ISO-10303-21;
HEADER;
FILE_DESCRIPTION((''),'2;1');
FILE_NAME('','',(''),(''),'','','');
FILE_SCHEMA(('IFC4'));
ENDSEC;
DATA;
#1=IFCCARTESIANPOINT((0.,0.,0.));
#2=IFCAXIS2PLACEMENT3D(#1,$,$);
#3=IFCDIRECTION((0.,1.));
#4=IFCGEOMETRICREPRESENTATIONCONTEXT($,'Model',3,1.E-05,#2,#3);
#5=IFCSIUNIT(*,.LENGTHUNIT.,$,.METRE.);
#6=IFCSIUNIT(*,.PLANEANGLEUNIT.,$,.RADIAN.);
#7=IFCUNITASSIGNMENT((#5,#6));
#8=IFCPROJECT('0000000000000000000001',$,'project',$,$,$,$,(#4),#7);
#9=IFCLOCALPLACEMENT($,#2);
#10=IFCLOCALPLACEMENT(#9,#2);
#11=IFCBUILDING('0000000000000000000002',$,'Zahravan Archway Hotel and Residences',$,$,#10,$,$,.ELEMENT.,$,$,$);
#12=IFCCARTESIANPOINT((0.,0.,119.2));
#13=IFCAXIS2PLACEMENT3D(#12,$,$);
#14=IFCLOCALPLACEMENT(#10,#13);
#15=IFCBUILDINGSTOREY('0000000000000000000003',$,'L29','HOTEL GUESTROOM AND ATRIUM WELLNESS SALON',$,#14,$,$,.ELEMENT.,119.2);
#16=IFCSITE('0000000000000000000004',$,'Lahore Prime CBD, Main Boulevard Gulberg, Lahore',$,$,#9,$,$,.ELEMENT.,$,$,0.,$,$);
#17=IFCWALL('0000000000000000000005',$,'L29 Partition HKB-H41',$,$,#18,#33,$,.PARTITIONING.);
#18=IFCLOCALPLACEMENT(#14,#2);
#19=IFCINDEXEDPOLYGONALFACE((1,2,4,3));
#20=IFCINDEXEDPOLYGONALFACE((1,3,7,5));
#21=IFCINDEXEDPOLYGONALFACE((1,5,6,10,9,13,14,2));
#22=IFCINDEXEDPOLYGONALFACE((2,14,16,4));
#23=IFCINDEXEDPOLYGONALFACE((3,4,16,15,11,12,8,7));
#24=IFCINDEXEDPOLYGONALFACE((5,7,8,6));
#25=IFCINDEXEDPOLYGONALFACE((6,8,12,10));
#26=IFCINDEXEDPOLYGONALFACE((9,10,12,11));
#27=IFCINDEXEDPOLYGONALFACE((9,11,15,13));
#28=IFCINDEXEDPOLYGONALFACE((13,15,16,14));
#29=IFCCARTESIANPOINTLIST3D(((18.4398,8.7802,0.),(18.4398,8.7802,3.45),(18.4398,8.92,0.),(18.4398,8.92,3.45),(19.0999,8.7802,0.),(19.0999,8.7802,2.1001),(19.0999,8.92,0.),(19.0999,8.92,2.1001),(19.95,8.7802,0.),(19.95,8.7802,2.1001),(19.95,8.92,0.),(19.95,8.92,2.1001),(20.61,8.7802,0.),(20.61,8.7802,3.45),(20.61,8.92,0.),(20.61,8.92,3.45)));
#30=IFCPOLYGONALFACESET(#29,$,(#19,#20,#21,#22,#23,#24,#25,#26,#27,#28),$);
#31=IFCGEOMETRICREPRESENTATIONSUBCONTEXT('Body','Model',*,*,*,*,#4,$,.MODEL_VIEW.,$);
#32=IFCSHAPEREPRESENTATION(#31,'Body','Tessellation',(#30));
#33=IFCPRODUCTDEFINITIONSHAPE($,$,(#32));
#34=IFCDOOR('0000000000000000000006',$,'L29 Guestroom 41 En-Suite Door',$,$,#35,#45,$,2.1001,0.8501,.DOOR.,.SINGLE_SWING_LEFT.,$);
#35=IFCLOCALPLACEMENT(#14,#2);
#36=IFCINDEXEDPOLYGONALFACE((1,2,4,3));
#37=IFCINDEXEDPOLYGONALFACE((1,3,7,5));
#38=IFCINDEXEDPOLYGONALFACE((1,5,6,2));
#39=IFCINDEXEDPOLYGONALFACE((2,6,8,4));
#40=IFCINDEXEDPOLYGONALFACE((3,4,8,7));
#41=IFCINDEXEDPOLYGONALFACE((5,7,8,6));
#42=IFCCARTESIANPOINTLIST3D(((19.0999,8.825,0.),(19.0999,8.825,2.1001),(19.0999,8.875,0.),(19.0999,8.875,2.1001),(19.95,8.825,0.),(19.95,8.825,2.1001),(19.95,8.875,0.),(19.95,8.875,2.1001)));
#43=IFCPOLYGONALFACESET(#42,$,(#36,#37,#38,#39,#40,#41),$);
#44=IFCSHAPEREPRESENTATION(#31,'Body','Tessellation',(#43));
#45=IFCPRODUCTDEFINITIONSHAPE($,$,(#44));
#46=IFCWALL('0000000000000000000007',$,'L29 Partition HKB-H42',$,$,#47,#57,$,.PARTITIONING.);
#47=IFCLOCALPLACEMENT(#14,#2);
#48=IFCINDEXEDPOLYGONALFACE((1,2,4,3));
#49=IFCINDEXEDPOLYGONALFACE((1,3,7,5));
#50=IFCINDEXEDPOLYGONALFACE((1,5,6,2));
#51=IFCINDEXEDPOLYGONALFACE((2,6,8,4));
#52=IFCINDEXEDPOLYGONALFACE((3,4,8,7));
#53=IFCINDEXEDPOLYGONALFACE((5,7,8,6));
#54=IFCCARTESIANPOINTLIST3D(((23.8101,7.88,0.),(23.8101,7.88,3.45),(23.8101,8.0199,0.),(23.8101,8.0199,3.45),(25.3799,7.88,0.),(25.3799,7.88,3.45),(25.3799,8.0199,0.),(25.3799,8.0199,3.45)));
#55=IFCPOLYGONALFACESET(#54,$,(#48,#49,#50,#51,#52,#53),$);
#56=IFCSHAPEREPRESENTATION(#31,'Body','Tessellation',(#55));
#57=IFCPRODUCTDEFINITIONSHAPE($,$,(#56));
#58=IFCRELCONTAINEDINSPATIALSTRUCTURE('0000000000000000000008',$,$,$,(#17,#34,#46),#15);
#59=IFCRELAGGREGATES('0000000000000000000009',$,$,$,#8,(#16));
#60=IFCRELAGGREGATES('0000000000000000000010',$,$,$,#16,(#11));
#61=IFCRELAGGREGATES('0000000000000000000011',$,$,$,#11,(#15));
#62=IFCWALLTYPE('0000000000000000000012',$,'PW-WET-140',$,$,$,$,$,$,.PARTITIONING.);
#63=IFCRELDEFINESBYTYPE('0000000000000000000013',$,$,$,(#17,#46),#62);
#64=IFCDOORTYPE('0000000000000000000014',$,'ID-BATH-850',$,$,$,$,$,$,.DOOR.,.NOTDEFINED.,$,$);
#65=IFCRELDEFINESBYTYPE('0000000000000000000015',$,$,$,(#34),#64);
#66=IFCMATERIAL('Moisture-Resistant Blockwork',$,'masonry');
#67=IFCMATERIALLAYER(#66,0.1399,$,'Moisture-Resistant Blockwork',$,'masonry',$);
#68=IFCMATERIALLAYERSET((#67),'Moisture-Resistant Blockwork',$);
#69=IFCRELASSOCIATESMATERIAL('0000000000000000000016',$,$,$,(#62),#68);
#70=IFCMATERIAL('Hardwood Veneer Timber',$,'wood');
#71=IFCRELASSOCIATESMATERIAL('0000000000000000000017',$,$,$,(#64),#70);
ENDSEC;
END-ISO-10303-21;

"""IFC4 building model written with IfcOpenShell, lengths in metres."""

from ifc_helpers import new_model, si_unit, direction, frame, frame_2d, origin, place, context, subcontext, project, spatial, rectangle, extrude, source, transform, mapped, material, layer, layer_set, type_object, type_shapes, element, fill, save


model = new_model("IFC4")

# Units and contexts
model_context = context("Model", 3, precision=1e-05, world=origin(), true_north=direction((0.0, 1.0)))
body_context = subcontext(model_context, "Body", "Model", "MODEL_VIEW")
ifc_project = project(units=[si_unit("LENGTHUNIT", "METRE"), si_unit("PLANEANGLEUNIT", "RADIAN")], contexts=[model_context])

# Site, building, storey
site_placement = place(None, origin())
site = spatial("IfcSite", under=ifc_project, at=site_placement, Name="Lahore Prime CBD, Main Boulevard Gulberg, Lahore", CompositionType="ELEMENT", RefElevation=0.0)
building_placement = place(site_placement, origin())
building = spatial("IfcBuilding", under=site, at=building_placement, Name="Zahravan Archway Hotel and Residences", CompositionType="ELEMENT")
storey_placement = place(building_placement, frame((0.0, 0.0, 119.2)))
storey = spatial("IfcBuildingStorey", under=building, at=storey_placement, Name="L29", Description="HOTEL GUESTROOM AND ATRIUM WELLNESS SALON", CompositionType="ELEMENT", Elevation=119.2)

# Shared definitions
ifc_material_1 = material(Name="Hardwood Veneer Timber", Category="wood")

# Shared definitions
ifc_material_2 = material(Name="Moisture-Resistant Blockwork", Category="masonry")
ifc_layer_1 = layer(ifc_material_2, 0.1399, Name="Moisture-Resistant Blockwork", Category="masonry")
ifc_layer_set_1 = layer_set([ifc_layer_1], Name="Moisture-Resistant Blockwork")
wall_type_1 = type_object("IfcWallType", Name="PW-WET-140", PredefinedType="PARTITIONING", material=ifc_layer_set_1)
door_type_1 = type_object("IfcDoorType", Name="ID-BATH-850", OperationType="NOTDEFINED", PredefinedType="DOOR", material=ifc_material_1)
shared_shape_1 = source(origin(), body_context, "Body", "SweptSolid", [
    extrude(rectangle(XDim=0.8501, YDim=2.1001, at=frame_2d((0.425, 1.05))), frame((0.0, 0.0249, 0.0), z_axis=(0.0, -1.0, 0.0), x_axis=(1.0, 0.0, 0.0)), (0.0, 0.0, 1.0), 0.05),
])
type_shapes(door_type_1, [shared_shape_1])

# Wall, opening, door
wall_1_placement = place(storey_placement, frame((18.4399, 8.8501, 0.0), z_axis=(0.0, 0.0, 1.0), x_axis=(1.0, 0.0, 0.0)))
wall_1 = element("IfcWall", 1, at=wall_1_placement, inside=storey, type_object=wall_type_1, Name="L29 Partition HKB-H41", PredefinedType="PARTITIONING", context=body_context, shape_type="SweptSolid", body=[
    extrude(rectangle(XDim=2.1702, YDim=0.1399, at=frame_2d((1.085, 0.0))), origin(), (0.0, 0.0, 1.0), 3.45),
])
opening_1_placement = place(wall_1_placement, frame((0.6599, 0.0, 0.0)))
opening_1 = element("IfcOpeningElement", 2, at=opening_1_placement, cuts=wall_1, PredefinedType="OPENING", context=body_context, shape_type="SweptSolid", body=[
    extrude(rectangle(XDim=0.8501, YDim=2.1001, at=frame_2d((0.425, 1.05))), frame((0.0, 0.0801, 0.0), z_axis=(0.0, -1.0, 0.0), x_axis=(1.0, 0.0, 0.0)), (0.0, 0.0, 1.0), 0.1599),
])
door_1_placement = place(opening_1_placement, origin())
door_1 = element("IfcDoor", 3, at=door_1_placement, inside=storey, type_object=door_type_1, Name="L29 Guestroom 41 En-Suite Door", OperationType="SINGLE_SWING_LEFT", OverallHeight=2.1001, OverallWidth=0.8501, PredefinedType="DOOR", context=body_context, shape_type="MappedRepresentation", body=[
    mapped(shared_shape_1, transform((0.0, 0.0, 0.0), scale=1.0)),
])
fill(opening_1, door_1)

# Wall
wall_2_placement = place(storey_placement, frame((23.8101, 7.95, 0.0), z_axis=(0.0, 0.0, 1.0), x_axis=(1.0, 0.0, 0.0)))
element("IfcWall", 4, at=wall_2_placement, inside=storey, type_object=wall_type_1, Name="L29 Partition HKB-H42", PredefinedType="PARTITIONING", context=body_context, shape_type="SweptSolid", body=[
    extrude(rectangle(XDim=1.5698, YDim=0.1399, at=frame_2d((0.7849, 0.0))), origin(), (0.0, 0.0, 1.0), 3.45),
])

save(model, "model.ifc")
